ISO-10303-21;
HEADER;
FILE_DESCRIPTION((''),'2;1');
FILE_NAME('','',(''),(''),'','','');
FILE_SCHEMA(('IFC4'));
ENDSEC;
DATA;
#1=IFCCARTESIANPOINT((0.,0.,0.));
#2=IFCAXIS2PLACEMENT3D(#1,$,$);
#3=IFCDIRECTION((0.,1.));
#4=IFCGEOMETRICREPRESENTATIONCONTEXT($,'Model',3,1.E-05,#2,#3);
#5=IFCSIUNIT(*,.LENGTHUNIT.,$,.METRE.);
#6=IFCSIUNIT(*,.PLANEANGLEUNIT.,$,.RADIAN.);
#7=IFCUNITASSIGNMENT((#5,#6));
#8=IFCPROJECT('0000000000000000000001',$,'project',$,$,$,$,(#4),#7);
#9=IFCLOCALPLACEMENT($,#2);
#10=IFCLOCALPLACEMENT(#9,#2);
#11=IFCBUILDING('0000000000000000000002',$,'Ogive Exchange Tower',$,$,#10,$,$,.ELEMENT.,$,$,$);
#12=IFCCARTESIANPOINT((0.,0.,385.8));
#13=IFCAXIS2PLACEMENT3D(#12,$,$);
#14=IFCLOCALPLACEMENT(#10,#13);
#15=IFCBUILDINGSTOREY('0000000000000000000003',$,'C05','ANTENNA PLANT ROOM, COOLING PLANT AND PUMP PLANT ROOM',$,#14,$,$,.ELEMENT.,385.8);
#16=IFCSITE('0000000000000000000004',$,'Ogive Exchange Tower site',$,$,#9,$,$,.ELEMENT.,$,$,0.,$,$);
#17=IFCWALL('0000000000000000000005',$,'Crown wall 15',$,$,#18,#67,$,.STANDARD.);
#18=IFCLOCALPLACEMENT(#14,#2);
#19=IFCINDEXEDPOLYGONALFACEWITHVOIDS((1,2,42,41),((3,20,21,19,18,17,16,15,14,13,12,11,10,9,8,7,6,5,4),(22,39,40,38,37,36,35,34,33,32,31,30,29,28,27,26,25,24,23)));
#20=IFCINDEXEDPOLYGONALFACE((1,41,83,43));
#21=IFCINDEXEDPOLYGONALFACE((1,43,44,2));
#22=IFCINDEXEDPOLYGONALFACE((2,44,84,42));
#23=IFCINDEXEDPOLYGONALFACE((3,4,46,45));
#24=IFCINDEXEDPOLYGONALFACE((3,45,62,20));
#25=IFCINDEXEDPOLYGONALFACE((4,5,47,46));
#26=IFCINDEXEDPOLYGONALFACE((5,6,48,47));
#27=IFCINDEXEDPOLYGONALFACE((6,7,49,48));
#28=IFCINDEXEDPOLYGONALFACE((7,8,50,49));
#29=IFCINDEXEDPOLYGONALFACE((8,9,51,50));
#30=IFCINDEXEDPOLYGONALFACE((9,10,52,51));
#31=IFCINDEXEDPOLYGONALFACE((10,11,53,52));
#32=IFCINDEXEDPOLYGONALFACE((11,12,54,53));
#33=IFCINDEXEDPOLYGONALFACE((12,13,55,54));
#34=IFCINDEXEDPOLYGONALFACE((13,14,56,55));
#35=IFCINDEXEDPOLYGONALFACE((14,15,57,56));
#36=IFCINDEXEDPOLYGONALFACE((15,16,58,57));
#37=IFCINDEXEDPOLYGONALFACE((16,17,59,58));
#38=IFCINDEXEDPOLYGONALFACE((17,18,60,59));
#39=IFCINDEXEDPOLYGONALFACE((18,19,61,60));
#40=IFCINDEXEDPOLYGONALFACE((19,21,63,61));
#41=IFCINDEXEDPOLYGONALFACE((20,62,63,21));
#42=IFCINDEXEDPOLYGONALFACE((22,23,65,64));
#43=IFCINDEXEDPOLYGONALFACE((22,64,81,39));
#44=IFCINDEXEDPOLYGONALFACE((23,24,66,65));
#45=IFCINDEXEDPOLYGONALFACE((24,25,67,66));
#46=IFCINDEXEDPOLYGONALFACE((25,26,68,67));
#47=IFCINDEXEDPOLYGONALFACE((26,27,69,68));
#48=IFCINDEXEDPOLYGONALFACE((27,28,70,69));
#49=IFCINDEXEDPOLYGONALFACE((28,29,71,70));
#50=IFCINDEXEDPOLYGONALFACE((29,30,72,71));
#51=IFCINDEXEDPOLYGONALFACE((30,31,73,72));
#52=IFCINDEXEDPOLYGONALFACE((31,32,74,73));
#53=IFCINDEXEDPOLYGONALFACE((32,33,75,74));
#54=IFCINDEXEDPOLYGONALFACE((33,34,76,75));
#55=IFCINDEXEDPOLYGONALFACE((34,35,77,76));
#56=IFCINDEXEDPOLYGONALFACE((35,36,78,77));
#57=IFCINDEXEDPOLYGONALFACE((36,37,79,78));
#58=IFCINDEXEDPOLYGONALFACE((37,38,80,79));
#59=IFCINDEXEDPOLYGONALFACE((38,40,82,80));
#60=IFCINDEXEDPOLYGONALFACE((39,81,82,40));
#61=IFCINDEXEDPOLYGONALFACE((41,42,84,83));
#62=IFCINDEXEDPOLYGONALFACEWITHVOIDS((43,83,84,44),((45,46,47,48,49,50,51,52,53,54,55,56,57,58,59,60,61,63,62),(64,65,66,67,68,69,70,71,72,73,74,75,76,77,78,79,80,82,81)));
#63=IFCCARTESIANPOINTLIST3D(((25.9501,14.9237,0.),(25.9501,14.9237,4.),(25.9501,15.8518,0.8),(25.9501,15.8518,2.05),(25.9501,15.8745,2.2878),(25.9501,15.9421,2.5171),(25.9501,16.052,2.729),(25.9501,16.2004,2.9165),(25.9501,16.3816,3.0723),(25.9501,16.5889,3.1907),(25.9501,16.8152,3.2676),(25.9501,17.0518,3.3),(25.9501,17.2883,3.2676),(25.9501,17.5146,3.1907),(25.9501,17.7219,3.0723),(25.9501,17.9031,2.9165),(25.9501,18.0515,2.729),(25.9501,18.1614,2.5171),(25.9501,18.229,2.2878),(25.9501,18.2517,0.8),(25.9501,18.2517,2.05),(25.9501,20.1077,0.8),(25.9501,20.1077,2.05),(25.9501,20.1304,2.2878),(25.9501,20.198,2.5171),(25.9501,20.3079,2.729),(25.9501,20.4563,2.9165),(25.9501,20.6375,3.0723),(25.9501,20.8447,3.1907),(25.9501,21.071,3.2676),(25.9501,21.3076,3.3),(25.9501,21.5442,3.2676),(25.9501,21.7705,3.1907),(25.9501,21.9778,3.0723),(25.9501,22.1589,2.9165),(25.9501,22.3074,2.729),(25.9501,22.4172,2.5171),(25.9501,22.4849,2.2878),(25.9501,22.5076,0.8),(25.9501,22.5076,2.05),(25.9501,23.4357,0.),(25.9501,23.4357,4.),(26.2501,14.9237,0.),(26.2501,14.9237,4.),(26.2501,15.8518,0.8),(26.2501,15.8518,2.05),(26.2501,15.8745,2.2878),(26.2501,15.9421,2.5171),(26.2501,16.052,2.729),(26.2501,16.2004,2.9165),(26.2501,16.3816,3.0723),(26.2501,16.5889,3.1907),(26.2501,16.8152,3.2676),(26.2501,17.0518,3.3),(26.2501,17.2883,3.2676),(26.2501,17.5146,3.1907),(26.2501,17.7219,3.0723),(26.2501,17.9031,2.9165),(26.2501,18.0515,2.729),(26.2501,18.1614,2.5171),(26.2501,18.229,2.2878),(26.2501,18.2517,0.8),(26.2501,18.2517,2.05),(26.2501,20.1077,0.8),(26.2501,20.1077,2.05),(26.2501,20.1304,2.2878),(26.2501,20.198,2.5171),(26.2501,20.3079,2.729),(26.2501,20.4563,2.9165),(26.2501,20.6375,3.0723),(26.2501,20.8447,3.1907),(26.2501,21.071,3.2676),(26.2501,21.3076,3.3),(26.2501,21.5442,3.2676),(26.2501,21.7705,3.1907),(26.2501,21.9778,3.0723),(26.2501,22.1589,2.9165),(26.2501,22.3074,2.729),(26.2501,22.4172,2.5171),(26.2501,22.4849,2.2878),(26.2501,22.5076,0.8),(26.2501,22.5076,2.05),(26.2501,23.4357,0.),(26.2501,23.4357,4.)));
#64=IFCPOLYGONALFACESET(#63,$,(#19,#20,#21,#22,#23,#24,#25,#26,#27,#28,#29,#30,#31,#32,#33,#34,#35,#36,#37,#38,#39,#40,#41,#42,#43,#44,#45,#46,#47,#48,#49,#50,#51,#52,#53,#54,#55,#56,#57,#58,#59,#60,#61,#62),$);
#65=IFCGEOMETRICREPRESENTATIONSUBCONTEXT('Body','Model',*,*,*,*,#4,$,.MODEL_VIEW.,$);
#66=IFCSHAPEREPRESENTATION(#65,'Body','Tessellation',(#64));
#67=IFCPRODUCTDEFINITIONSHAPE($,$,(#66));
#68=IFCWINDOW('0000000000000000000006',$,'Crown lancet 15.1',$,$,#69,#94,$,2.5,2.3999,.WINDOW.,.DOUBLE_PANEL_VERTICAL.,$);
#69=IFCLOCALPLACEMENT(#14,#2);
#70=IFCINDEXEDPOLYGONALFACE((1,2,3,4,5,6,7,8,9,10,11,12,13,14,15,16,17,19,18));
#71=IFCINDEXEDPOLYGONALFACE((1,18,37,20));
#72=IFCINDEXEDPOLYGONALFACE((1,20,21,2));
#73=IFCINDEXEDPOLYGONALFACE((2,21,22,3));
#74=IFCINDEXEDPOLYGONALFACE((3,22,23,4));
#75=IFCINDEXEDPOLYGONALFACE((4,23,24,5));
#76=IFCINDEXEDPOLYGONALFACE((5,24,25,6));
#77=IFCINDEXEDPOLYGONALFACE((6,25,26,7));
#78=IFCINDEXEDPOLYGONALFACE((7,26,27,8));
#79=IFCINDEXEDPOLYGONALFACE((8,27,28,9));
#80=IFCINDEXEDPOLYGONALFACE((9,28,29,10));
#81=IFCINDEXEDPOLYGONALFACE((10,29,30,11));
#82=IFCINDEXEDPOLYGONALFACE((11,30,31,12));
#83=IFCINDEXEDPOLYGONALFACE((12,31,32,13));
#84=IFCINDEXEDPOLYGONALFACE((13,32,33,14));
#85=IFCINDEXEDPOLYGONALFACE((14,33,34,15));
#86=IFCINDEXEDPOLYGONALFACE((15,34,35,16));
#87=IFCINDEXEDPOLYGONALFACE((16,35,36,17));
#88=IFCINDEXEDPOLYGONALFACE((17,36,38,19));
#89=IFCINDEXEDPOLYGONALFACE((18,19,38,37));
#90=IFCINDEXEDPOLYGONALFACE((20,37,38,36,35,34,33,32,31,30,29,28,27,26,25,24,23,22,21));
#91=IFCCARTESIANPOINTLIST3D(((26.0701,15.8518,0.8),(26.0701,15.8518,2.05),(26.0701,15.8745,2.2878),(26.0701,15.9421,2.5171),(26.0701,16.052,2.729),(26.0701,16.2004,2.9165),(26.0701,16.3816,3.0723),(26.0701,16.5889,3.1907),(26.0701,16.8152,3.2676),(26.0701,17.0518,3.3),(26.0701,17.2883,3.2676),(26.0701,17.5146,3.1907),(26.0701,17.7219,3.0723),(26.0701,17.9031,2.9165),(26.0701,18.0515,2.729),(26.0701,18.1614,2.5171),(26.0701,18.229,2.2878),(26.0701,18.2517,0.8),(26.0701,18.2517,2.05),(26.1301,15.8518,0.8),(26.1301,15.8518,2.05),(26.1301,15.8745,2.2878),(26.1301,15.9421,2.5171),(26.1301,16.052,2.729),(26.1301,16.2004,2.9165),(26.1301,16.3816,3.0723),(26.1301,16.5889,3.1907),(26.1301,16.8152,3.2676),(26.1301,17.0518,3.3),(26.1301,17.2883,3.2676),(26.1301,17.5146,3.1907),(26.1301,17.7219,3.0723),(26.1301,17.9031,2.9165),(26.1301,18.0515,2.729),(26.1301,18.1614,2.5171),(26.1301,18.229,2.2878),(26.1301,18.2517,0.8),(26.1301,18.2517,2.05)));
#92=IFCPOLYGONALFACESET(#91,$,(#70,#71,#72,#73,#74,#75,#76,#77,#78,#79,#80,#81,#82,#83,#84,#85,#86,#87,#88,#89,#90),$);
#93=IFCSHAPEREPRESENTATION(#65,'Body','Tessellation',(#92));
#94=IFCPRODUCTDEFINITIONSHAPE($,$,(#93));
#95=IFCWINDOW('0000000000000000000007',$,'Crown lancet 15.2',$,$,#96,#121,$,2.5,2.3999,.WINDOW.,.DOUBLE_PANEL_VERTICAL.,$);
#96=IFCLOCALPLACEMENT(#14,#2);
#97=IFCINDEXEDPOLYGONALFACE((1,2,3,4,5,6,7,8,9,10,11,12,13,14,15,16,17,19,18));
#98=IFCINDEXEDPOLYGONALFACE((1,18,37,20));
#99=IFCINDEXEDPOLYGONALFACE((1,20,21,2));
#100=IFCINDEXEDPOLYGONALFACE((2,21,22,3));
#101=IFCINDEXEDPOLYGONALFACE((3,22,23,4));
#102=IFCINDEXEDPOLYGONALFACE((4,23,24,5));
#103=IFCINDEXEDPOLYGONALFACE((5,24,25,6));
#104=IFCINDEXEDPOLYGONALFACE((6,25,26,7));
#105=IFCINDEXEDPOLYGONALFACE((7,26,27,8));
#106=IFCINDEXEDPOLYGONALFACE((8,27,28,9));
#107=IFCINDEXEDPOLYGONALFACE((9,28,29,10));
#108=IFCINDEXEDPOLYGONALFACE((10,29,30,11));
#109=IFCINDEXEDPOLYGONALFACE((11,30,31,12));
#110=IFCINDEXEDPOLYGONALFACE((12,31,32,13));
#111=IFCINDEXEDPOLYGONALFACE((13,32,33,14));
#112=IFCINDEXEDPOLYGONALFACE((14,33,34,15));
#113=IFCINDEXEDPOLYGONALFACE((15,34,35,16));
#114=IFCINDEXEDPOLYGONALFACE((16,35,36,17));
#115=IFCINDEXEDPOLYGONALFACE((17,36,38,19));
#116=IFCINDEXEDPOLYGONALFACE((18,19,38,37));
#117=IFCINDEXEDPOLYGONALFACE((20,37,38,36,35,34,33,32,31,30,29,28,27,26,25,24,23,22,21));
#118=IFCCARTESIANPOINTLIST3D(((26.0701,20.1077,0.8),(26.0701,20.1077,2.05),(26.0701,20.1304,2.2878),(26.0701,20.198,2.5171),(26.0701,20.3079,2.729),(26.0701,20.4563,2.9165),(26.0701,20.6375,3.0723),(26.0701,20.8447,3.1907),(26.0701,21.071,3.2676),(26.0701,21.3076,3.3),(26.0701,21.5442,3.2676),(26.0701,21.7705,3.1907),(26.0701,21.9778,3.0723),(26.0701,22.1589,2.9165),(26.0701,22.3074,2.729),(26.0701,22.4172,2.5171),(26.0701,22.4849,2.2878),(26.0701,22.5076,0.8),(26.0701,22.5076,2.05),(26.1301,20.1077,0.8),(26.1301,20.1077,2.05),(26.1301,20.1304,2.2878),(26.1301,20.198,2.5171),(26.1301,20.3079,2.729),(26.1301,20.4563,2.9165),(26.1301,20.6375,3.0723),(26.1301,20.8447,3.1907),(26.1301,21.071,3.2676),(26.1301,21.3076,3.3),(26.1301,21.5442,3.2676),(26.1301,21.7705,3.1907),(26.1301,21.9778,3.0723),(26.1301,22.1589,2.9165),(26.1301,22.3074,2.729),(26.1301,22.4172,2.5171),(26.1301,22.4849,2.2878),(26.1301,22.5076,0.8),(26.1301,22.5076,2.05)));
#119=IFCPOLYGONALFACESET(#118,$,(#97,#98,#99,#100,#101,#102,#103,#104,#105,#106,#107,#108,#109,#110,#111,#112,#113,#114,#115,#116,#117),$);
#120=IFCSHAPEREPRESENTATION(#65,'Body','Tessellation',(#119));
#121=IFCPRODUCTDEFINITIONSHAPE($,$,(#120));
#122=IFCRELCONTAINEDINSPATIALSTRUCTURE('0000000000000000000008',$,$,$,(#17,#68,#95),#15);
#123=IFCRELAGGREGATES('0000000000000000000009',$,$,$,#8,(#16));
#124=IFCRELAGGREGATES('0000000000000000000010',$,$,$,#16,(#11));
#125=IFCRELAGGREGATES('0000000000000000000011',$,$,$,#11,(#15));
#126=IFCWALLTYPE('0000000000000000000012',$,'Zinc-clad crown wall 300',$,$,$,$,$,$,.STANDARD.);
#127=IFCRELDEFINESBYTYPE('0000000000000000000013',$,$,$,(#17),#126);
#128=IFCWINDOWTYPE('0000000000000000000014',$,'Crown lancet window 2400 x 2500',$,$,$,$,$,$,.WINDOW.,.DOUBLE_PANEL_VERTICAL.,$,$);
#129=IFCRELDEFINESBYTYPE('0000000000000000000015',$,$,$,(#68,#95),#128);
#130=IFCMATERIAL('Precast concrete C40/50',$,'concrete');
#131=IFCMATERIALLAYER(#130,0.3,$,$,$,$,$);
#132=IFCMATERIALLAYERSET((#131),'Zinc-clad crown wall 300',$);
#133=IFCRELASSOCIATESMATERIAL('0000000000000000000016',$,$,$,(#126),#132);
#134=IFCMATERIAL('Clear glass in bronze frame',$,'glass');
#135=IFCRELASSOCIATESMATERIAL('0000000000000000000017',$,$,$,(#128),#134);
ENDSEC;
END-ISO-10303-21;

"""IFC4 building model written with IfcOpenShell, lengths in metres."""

from ifc_helpers import new_model, si_unit, direction, frame, frame_2d, origin, place, context, subcontext, project, spatial, polyline, rectangle, outline, extrude, material, layer, layer_set, type_object, element, fill, save


model = new_model("IFC4")

# Units and contexts
model_context = context("Model", 3, precision=1e-05, world=origin(), true_north=direction((0.0, 1.0)))
body_context = subcontext(model_context, "Body", "Model", "MODEL_VIEW")
ifc_project = project(units=[si_unit("LENGTHUNIT", "METRE"), si_unit("PLANEANGLEUNIT", "RADIAN")], contexts=[model_context])

# Site, building, storey
site_placement = place(None, origin())
site = spatial("IfcSite", under=ifc_project, at=site_placement, Name="Ogive Exchange Tower site", CompositionType="ELEMENT", RefElevation=0.0)
building_placement = place(site_placement, origin())
building = spatial("IfcBuilding", under=site, at=building_placement, Name="Ogive Exchange Tower", CompositionType="ELEMENT")
storey_placement = place(building_placement, frame((0.0, 0.0, 385.8)))
storey = spatial("IfcBuildingStorey", under=building, at=storey_placement, Name="C05", Description="ANTENNA PLANT ROOM, COOLING PLANT AND PUMP PLANT ROOM", CompositionType="ELEMENT", Elevation=385.8)

# Wall, openings, windows
ifc_material_1 = material(Name="Precast concrete C40/50", Category="concrete")
ifc_layer_1 = layer(ifc_material_1, 0.3)
ifc_layer_set_1 = layer_set([ifc_layer_1], Name="Zinc-clad crown wall 300")
wall_type_1 = type_object("IfcWallType", Name="Zinc-clad crown wall 300", PredefinedType="STANDARD", material=ifc_layer_set_1)
wall_1_placement = place(storey_placement, frame((26.1001, 14.9238, 0.0), z_axis=(0.0, 0.0, 1.0), x_axis=(0.0, 1.0, 0.0)))
wall_1 = element("IfcWall", 1, at=wall_1_placement, inside=storey, type_object=wall_type_1, Name="Crown wall 15", PredefinedType="STANDARD", context=body_context, shape_type="SweptSolid", body=[
    extrude(rectangle(XDim=8.512, YDim=0.3, at=frame_2d((4.2559, 0.0))), origin(), (0.0, 0.0, 1.0), 4.0),
])
opening_1_placement = place(wall_1_placement, frame((0.928, 0.0, 0.8)))
opening_1 = element("IfcOpeningElement", 2, at=opening_1_placement, cuts=wall_1, PredefinedType="OPENING", context=body_context, shape_type="SweptSolid", body=[
    extrude(outline(polyline([(0.0, 0.0), (2.3999, 0.0), (2.3999, 1.25), (2.3772, 1.4878), (2.3096, 1.717), (2.1997, 1.929), (2.0513, 2.1165), (1.8701, 2.2722), (1.6628, 2.3906), (1.4365, 2.4675), (1.2, 2.5), (0.9634, 2.4675), (0.7371, 2.3906), (0.5298, 2.2722), (0.3486, 2.1165), (0.2002, 1.929), (0.0903, 1.717), (0.0227, 1.4878), (0.0, 1.25), (0.0, 0.0)])), frame((0.0, 0.1599, 0.0), z_axis=(0.0, -1.0, 0.0), x_axis=(1.0, 0.0, 0.0)), (0.0, 0.0, 1.0), 0.3201),
])
opening_2_placement = place(wall_1_placement, frame((5.1838, 0.0, 0.8)))
opening_2 = element("IfcOpeningElement", 3, at=opening_2_placement, cuts=wall_1, PredefinedType="OPENING", context=body_context, shape_type="SweptSolid", body=[
    extrude(outline(polyline([(0.0, 0.0), (2.3999, 0.0), (2.3999, 1.25), (2.3772, 1.4878), (2.3096, 1.717), (2.1997, 1.929), (2.0513, 2.1165), (1.8701, 2.2722), (1.6628, 2.3906), (1.4365, 2.4675), (1.2, 2.5), (0.9634, 2.4675), (0.7371, 2.3906), (0.5298, 2.2722), (0.3486, 2.1165), (0.2002, 1.929), (0.0903, 1.717), (0.0227, 1.4878), (0.0, 1.25), (0.0, 0.0)])), frame((0.0, 0.1599, 0.0), z_axis=(0.0, -1.0, 0.0), x_axis=(1.0, 0.0, 0.0)), (0.0, 0.0, 1.0), 0.3201),
])
ifc_material_2 = material(Name="Clear glass in bronze frame", Category="glass")
window_type_1 = type_object("IfcWindowType", Name="Crown lancet window 2400 x 2500", PartitioningType="DOUBLE_PANEL_VERTICAL", PredefinedType="WINDOW", material=ifc_material_2)
window_1_placement = place(opening_1_placement, origin())
window_1 = element("IfcWindow", 4, at=window_1_placement, inside=storey, type_object=window_type_1, Name="Crown lancet 15.1", OverallHeight=2.5, OverallWidth=2.3999, PartitioningType="DOUBLE_PANEL_VERTICAL", PredefinedType="WINDOW", context=body_context, shape_type="SweptSolid", body=[
    extrude(outline(polyline([(0.0, 0.0), (2.3999, 0.0), (2.3999, 1.25), (2.3772, 1.4878), (2.3096, 1.717), (2.1997, 1.929), (2.0513, 2.1165), (1.8701, 2.2722), (1.6628, 2.3906), (1.4365, 2.4675), (1.2, 2.5), (0.9634, 2.4675), (0.7371, 2.3906), (0.5298, 2.2722), (0.3486, 2.1165), (0.2002, 1.929), (0.0903, 1.717), (0.0227, 1.4878), (0.0, 1.25), (0.0, 0.0)])), frame((0.0, 0.03, 0.0), z_axis=(0.0, -1.0, 0.0), x_axis=(1.0, 0.0, 0.0)), (0.0, 0.0, 1.0), 0.0601),
])
fill(opening_1, window_1)
window_2_placement = place(opening_2_placement, origin())
window_2 = element("IfcWindow", 5, at=window_2_placement, inside=storey, type_object=window_type_1, Name="Crown lancet 15.2", OverallHeight=2.5, OverallWidth=2.3999, PartitioningType="DOUBLE_PANEL_VERTICAL", PredefinedType="WINDOW", context=body_context, shape_type="SweptSolid", body=[
    extrude(outline(polyline([(0.0, 0.0), (2.3999, 0.0), (2.3999, 1.25), (2.3772, 1.4878), (2.3096, 1.717), (2.1997, 1.929), (2.0513, 2.1165), (1.8701, 2.2722), (1.6628, 2.3906), (1.4365, 2.4675), (1.2, 2.5), (0.9634, 2.4675), (0.7371, 2.3906), (0.5298, 2.2722), (0.3486, 2.1165), (0.2002, 1.929), (0.0903, 1.717), (0.0227, 1.4878), (0.0, 1.25), (0.0, 0.0)])), frame((0.0, 0.03, 0.0), z_axis=(0.0, -1.0, 0.0), x_axis=(1.0, 0.0, 0.0)), (0.0, 0.0, 1.0), 0.0601),
])
fill(opening_2, window_2)

save(model, "model.ifc")
